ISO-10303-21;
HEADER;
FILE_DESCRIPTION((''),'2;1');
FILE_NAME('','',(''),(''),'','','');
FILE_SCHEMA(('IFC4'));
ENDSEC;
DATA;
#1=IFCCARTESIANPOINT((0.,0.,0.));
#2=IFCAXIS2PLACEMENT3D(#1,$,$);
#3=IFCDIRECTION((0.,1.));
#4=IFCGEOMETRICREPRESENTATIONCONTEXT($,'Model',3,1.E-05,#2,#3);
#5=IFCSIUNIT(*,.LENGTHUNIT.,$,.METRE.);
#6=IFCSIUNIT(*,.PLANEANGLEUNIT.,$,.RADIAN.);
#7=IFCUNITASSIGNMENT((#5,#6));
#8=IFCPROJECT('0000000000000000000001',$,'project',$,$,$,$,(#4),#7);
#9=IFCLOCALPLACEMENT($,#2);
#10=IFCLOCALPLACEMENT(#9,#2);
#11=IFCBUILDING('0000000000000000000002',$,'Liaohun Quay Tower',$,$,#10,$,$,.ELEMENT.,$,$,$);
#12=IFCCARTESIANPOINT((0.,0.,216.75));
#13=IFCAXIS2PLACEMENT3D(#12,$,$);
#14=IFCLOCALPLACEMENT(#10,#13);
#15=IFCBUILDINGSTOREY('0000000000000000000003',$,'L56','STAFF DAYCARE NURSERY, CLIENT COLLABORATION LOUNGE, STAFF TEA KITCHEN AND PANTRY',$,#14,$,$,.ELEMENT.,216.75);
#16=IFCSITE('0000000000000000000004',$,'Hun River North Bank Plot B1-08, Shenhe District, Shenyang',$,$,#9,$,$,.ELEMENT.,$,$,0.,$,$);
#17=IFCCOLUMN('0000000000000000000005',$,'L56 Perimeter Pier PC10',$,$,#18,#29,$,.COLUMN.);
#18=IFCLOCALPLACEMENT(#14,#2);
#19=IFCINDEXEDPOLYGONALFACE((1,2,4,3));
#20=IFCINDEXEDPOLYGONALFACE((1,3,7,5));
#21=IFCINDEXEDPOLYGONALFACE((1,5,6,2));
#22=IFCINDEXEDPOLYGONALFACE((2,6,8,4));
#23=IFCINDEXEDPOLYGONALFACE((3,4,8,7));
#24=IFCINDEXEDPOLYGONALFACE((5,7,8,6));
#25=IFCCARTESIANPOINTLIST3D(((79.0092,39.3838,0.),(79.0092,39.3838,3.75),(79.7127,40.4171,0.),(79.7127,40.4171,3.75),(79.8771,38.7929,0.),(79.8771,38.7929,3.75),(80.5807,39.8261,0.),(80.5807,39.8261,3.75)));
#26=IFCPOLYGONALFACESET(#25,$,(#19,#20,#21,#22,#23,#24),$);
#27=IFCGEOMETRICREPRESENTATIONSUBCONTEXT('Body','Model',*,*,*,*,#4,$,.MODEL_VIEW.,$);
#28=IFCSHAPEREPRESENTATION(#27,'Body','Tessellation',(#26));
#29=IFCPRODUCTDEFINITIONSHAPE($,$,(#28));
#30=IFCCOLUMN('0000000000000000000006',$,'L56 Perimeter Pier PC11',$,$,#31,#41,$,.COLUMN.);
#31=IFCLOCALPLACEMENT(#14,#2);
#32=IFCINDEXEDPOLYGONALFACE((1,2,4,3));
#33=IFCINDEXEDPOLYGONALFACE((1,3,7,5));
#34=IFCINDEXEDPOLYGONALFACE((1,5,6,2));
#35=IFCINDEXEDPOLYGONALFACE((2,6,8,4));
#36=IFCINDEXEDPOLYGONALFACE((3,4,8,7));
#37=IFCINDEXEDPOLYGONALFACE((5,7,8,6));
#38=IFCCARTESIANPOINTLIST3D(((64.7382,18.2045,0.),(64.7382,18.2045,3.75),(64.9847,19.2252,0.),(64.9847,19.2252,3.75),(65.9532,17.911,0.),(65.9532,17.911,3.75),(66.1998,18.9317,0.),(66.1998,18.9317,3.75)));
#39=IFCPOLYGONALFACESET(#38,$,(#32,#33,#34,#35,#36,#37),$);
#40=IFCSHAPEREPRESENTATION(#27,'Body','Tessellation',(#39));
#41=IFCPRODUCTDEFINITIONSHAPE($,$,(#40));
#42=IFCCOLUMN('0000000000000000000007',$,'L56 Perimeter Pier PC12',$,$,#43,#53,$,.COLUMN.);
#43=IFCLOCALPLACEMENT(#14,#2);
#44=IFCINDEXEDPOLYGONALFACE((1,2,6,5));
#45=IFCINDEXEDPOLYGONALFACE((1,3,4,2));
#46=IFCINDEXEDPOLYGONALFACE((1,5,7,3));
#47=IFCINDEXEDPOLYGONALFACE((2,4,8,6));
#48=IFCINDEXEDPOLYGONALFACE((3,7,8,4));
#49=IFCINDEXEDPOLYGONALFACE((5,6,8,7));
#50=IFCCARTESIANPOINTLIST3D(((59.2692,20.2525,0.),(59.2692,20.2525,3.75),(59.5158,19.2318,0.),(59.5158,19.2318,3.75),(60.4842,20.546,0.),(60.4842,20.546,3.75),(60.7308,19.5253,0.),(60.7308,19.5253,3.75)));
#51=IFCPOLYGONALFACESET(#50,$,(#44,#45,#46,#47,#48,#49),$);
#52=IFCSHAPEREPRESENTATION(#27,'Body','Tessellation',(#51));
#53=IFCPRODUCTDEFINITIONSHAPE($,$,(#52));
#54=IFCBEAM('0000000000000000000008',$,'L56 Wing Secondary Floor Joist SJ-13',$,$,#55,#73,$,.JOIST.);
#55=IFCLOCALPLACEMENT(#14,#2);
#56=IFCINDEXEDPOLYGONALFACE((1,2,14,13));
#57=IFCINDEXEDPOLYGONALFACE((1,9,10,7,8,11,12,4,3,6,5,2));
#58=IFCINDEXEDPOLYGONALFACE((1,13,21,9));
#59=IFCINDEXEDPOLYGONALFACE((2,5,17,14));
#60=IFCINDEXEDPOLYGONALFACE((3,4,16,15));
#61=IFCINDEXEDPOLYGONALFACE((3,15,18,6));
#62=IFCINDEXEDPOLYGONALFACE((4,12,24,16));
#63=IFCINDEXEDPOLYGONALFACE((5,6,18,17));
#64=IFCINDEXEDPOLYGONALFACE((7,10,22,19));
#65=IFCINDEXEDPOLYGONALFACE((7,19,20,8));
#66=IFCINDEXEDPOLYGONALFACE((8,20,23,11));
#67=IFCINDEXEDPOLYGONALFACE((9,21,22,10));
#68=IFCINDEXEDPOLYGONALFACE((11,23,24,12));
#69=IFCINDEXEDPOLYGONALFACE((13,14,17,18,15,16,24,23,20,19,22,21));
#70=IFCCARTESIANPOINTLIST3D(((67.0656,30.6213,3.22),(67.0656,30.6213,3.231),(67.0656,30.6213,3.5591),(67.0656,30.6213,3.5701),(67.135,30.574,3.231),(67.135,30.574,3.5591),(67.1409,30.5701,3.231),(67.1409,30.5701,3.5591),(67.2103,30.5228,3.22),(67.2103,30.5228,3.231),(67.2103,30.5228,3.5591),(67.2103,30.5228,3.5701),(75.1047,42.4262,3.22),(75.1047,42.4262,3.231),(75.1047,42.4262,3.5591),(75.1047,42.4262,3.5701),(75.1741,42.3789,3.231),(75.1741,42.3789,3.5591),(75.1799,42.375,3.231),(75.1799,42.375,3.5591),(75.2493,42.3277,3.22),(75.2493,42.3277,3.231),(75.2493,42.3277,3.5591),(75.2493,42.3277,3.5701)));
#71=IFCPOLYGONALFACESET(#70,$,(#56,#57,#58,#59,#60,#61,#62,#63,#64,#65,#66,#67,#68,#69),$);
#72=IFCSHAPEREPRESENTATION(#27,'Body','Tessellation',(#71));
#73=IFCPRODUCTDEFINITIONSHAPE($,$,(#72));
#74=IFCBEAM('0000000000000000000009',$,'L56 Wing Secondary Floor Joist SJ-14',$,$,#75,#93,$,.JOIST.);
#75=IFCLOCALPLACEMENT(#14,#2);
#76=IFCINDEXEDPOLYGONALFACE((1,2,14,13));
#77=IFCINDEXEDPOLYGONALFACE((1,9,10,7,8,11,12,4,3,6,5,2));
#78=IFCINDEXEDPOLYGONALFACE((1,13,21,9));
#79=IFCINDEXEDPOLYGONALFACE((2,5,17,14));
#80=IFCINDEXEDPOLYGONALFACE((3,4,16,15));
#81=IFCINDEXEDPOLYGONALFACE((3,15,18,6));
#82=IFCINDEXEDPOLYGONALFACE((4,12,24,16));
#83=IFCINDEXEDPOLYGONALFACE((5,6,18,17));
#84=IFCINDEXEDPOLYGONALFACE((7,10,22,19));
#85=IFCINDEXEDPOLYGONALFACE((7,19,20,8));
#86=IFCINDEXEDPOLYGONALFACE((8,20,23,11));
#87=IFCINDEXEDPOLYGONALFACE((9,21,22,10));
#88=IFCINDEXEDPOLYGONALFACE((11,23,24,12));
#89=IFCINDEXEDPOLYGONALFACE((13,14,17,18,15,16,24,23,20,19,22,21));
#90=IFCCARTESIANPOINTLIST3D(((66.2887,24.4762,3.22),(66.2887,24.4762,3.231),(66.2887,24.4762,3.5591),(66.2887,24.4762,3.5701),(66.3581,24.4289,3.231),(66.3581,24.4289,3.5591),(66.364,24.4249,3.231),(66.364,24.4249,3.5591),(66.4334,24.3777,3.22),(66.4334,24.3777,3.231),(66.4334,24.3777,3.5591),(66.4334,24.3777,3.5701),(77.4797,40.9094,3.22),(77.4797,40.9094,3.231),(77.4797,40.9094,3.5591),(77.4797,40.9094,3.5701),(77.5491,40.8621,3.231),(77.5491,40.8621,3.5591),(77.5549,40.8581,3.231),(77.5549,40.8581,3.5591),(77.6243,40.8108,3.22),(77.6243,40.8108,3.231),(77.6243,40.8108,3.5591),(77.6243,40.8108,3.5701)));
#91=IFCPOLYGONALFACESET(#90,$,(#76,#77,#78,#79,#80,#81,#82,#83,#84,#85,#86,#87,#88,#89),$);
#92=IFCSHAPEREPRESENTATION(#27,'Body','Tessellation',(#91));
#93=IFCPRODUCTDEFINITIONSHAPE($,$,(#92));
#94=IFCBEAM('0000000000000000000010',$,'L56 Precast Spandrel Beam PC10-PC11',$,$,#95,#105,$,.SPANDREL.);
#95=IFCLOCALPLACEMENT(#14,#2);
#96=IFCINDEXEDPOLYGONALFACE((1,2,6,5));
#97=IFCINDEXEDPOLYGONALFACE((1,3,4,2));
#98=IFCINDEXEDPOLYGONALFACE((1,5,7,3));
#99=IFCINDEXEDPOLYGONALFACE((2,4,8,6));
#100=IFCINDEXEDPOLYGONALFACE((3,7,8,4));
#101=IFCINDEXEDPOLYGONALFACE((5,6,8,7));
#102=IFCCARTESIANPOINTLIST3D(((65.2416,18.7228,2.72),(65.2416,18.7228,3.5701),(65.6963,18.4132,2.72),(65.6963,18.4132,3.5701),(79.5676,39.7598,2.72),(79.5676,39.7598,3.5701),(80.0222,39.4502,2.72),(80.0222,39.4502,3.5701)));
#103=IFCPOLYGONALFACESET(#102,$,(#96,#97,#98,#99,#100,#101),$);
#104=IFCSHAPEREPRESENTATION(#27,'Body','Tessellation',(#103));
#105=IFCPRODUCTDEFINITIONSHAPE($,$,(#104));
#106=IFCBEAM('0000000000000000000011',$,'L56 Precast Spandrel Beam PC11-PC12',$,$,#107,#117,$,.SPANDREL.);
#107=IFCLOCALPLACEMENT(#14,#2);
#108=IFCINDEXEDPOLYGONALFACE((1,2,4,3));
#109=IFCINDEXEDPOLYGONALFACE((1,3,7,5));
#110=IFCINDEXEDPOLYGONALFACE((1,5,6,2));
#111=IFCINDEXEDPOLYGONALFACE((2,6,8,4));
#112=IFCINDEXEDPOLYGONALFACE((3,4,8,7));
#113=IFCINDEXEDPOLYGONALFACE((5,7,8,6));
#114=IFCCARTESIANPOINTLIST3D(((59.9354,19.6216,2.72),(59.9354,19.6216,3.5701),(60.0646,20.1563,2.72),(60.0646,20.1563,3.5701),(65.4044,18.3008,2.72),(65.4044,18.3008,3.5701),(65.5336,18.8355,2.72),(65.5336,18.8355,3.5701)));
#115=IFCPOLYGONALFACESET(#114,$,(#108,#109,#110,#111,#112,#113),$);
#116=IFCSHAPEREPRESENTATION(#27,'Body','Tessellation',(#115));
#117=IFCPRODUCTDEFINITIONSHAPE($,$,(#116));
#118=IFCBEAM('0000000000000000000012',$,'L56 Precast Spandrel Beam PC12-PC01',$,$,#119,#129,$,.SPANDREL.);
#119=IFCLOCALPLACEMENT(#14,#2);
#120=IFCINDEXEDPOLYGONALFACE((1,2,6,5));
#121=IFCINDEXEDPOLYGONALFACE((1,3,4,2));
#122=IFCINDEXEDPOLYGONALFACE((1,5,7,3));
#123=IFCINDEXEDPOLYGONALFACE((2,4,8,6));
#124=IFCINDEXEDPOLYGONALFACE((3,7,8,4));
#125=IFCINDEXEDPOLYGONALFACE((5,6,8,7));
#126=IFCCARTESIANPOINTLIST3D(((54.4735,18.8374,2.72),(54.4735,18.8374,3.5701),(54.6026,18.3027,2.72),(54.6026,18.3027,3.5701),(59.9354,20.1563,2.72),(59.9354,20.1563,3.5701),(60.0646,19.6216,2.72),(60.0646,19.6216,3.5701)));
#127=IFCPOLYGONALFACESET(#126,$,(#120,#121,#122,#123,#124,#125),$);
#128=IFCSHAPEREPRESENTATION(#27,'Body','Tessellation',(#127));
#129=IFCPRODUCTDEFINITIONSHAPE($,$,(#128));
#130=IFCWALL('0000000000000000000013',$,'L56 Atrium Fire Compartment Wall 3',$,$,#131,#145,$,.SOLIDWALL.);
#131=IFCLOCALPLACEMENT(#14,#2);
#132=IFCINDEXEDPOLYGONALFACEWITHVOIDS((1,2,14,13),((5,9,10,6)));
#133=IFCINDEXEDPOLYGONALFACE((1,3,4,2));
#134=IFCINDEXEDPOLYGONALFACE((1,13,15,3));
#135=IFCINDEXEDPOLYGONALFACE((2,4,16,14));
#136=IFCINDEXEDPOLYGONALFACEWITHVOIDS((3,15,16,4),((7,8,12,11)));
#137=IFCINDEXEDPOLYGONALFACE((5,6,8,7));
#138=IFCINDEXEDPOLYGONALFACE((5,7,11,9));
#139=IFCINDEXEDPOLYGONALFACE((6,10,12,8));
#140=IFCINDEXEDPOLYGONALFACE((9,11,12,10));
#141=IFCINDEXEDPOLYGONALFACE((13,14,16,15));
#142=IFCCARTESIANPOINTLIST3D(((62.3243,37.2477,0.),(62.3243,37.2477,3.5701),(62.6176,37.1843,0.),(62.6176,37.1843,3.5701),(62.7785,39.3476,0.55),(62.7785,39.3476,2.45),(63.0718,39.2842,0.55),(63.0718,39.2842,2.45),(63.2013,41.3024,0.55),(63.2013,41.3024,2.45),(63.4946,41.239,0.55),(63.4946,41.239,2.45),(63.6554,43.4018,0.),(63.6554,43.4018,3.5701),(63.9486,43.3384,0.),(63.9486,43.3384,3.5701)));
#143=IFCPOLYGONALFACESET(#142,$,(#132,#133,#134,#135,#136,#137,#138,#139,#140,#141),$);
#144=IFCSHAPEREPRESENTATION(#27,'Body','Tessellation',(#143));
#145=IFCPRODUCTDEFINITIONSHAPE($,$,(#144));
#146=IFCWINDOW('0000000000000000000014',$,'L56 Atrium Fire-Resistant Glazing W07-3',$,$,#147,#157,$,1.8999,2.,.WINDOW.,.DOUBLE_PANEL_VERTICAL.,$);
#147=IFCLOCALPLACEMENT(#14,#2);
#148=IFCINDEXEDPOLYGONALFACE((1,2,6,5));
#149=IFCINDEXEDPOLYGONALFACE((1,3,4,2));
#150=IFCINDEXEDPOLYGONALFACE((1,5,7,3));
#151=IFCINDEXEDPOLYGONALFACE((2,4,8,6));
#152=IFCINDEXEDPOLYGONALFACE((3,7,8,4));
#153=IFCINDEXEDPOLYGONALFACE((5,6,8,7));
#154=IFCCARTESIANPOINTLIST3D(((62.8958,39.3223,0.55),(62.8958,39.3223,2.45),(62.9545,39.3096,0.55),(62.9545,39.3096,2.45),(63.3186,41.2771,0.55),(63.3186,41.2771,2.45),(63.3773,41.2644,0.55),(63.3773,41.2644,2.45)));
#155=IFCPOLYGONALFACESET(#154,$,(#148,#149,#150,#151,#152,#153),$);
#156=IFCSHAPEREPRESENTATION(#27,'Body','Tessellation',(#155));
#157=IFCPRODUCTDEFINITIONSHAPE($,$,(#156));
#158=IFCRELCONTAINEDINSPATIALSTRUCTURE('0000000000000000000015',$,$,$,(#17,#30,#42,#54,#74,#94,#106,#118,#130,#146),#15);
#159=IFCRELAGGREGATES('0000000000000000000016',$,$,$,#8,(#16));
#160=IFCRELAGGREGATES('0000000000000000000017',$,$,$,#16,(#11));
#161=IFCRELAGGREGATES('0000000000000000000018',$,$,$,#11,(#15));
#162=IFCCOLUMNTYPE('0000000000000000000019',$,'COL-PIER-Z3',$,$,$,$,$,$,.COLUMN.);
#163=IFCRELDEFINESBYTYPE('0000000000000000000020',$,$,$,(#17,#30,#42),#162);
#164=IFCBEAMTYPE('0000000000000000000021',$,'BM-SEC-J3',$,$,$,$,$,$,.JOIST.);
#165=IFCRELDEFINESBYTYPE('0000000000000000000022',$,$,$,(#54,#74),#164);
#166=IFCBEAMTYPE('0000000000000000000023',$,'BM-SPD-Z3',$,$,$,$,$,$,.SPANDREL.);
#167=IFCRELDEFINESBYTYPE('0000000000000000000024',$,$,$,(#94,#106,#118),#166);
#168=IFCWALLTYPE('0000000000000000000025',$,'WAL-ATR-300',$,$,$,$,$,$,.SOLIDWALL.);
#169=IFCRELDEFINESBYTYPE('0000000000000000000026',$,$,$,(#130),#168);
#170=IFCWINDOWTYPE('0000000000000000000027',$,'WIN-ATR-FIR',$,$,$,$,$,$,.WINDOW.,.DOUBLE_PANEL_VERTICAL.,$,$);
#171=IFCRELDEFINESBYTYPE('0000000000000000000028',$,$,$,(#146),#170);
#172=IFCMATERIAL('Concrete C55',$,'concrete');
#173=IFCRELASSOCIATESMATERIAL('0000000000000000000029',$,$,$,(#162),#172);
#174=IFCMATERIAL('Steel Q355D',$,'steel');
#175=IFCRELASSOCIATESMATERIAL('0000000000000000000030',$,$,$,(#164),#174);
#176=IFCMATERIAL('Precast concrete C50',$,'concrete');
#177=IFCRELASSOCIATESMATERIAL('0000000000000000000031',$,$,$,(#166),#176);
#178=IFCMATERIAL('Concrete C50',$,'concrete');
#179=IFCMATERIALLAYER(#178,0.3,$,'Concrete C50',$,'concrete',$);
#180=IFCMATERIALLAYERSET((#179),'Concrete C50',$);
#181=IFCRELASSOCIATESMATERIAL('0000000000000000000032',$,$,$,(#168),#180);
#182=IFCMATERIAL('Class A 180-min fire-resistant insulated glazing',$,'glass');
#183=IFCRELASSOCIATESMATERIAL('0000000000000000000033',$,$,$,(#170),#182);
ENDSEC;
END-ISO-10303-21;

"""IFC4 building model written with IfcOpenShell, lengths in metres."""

from ifc_helpers import new_model, si_unit, direction, frame, frame_2d, origin, origin_2d, place, context, subcontext, project, spatial, rectangle, i_section, extrude, source, transform, mapped, material, layer, layer_set, material_profile, profile_set, type_object, element, fill, save


model = new_model("IFC4")

# Units and contexts
model_context = context("Model", 3, precision=1e-05, world=origin(), true_north=direction((0.0, 1.0)))
body_context = subcontext(model_context, "Body", "Model", "MODEL_VIEW")
ifc_project = project(units=[si_unit("LENGTHUNIT", "METRE"), si_unit("PLANEANGLEUNIT", "RADIAN")], contexts=[model_context])

# Site, building, storey
site_placement = place(None, origin())
site = spatial("IfcSite", under=ifc_project, at=site_placement, Name="Hun River North Bank Plot B1-08, Shenhe District, Shenyang", CompositionType="ELEMENT", RefElevation=0.0)
building_placement = place(site_placement, origin())
building = spatial("IfcBuilding", under=site, at=building_placement, Name="Liaohun Quay Tower", CompositionType="ELEMENT")
storey_placement = place(building_placement, frame((0.0, 0.0, 216.75)))
storey = spatial("IfcBuildingStorey", under=building, at=storey_placement, Name="L56", Description="STAFF DAYCARE NURSERY, CLIENT COLLABORATION LOUNGE, STAFF TEA KITCHEN AND PANTRY", CompositionType="ELEMENT", Elevation=216.75)

# Columns
ifc_material_1 = material(Name="Concrete C55", Category="concrete")
ifc_material_profile_1 = material_profile(ifc_material_1, rectangle(XDim=1.25, YDim=1.05, at=origin_2d()), Name="RC1250x1050")
ifc_profile_set_1 = profile_set([ifc_material_profile_1], Name="Concrete C55")
column_type = type_object("IfcColumnType", Name="COL-PIER-Z3", PredefinedType="COLUMN", material=ifc_profile_set_1)
shared_shape_1 = source(origin(), body_context, "Body", "SweptSolid", [
    extrude(rectangle(XDim=1.25, YDim=1.05, at=origin_2d()), origin(), (0.0, 0.0, 1.0), 3.75),
])
for number, where, z_axis, x_axis, name in (
    (1, (79.7949, 39.605, 0.0), (0.0, 0.0, 1.0), (0.562805, 0.82659, 0.0), "L56 Perimeter Pier PC10"),
    (2, (65.469, 18.5681, 0.0), (0.0, 0.0, 1.0), (-0.972043, 0.234803, 0.0), "L56 Perimeter Pier PC11"),
    (3, (60.0, 19.8889, 0.0), (0.0, 0.0, 1.0), (0.972043, 0.234803, 0.0), "L56 Perimeter Pier PC12"),
):
    element("IfcColumn", number, at=place(storey_placement, frame(where, z_axis=z_axis, x_axis=x_axis)), inside=storey, type_object=column_type, Name=name, PredefinedType="COLUMN", context=body_context, shape_type="MappedRepresentation", body=[
        mapped(shared_shape_1, transform((0.0, 0.0, 0.0), x_axis=(1.0, 0.0, 0.0), y_axis=(0.0, 1.0, 0.0), z_axis=(0.0, 0.0, 1.0), scale=1.0)),
    ])

# Beams
ifc_material_2 = material(Name="Steel Q355D", Category="steel")
ifc_material_profile_2 = material_profile(ifc_material_2, i_section(OverallWidth=0.175, OverallDepth=0.3501, WebThickness=0.0071, FlangeThickness=0.011, at=origin_2d()), Name="HN350x175x7x11")
ifc_profile_set_2 = profile_set([ifc_material_profile_2], Name="Steel Q355D")
beam_type_1 = type_object("IfcBeamType", Name="BM-SEC-J3", PredefinedType="JOIST", material=ifc_profile_set_2)
shared_shape_2 = source(origin(), body_context, "Body", "SweptSolid", [
    extrude(i_section(OverallWidth=0.175, OverallDepth=0.3501, WebThickness=0.0071, FlangeThickness=0.011, at=origin_2d()), origin(), (0.0, 0.0, 1.0), 14.2822),
])
beam_1_placement = place(storey_placement, frame((75.177, 42.377, 3.395), z_axis=(-0.56287, -0.826545, 0.0), x_axis=(0.826545, -0.56287, 0.0)))
element("IfcBeam", 4, at=beam_1_placement, inside=storey, type_object=beam_type_1, Name="L56 Wing Secondary Floor Joist SJ-13", PredefinedType="JOIST", context=body_context, shape_type="MappedRepresentation", body=[
    mapped(shared_shape_2, transform((0.0, 0.0, 0.0), x_axis=(1.0, 0.0, 0.0), y_axis=(0.0, 1.0, 0.0), z_axis=(0.0, 0.0, 1.0), scale=1.0)),
])
shared_shape_3 = source(origin(), body_context, "Body", "SweptSolid", [
    extrude(i_section(OverallWidth=0.175, OverallDepth=0.3501, WebThickness=0.0071, FlangeThickness=0.011, at=origin_2d()), origin(), (0.0, 0.0, 1.0), 19.8818),
])
beam_2_placement = place(storey_placement, frame((77.552, 40.8601, 3.395), z_axis=(-0.562874, -0.826543, 0.0), x_axis=(0.826543, -0.562874, 0.0)))
element("IfcBeam", 5, at=beam_2_placement, inside=storey, type_object=beam_type_1, Name="L56 Wing Secondary Floor Joist SJ-14", PredefinedType="JOIST", context=body_context, shape_type="MappedRepresentation", body=[
    mapped(shared_shape_3, transform((0.0, 0.0, 0.0), x_axis=(1.0, 0.0, 0.0), y_axis=(0.0, 1.0, 0.0), z_axis=(0.0, 0.0, 1.0), scale=1.0)),
])
ifc_material_3 = material(Name="Precast concrete C50", Category="concrete")
ifc_material_profile_3 = material_profile(ifc_material_3, rectangle(XDim=0.55, YDim=0.8501, at=origin_2d()), Name="RC550x850")
ifc_profile_set_3 = profile_set([ifc_material_profile_3], Name="Precast concrete C50")
beam_type_2 = type_object("IfcBeamType", Name="BM-SPD-Z3", PredefinedType="SPANDREL", material=ifc_profile_set_3)
shared_shape_4 = source(origin(), body_context, "Body", "SweptSolid", [
    extrude(rectangle(XDim=0.55, YDim=0.8501, at=origin_2d()), origin(), (0.0, 0.0, 1.0), 25.4517),
])
beam_3_placement = place(storey_placement, frame((79.7949, 39.605, 3.145), z_axis=(-0.56287, -0.826545, 0.0), x_axis=(0.826545, -0.56287, 0.0)))
element("IfcBeam", 6, at=beam_3_placement, inside=storey, type_object=beam_type_2, Name="L56 Precast Spandrel Beam PC10-PC11", PredefinedType="SPANDREL", context=body_context, shape_type="MappedRepresentation", body=[
    mapped(shared_shape_4, transform((0.0, 0.0, 0.0), x_axis=(1.0, 0.0, 0.0), y_axis=(0.0, 1.0, 0.0), z_axis=(0.0, 0.0, 1.0), scale=1.0)),
])
shared_shape_5 = source(origin(), body_context, "Body", "SweptSolid", [
    extrude(rectangle(XDim=0.55, YDim=0.8501, at=origin_2d()), origin(), (0.0, 0.0, 1.0), 5.6262),
])
beam_4_placement = place(storey_placement, frame((65.469, 18.5681, 3.145), z_axis=(-0.972054, 0.234758, 0.0), x_axis=(-0.234758, -0.972054, 0.0)))
element("IfcBeam", 7, at=beam_4_placement, inside=storey, type_object=beam_type_2, Name="L56 Precast Spandrel Beam PC11-PC12", PredefinedType="SPANDREL", context=body_context, shape_type="MappedRepresentation", body=[
    mapped(shared_shape_5, transform((0.0, 0.0, 0.0), x_axis=(1.0, 0.0, 0.0), y_axis=(0.0, 1.0, 0.0), z_axis=(0.0, 0.0, 1.0), scale=1.0)),
])
shared_shape_6 = source(origin(), body_context, "Body", "SweptSolid", [
    extrude(rectangle(XDim=0.55, YDim=0.8501, at=origin_2d()), origin(), (0.0, 0.0, 1.0), 5.6189),
])
beam_5_placement = place(storey_placement, frame((60.0, 19.8889, 3.145), z_axis=(-0.972064, -0.234717, 0.0), x_axis=(0.234717, -0.972064, 0.0)))
element("IfcBeam", 8, at=beam_5_placement, inside=storey, type_object=beam_type_2, Name="L56 Precast Spandrel Beam PC12-PC01", PredefinedType="SPANDREL", context=body_context, shape_type="MappedRepresentation", body=[
    mapped(shared_shape_6, transform((0.0, 0.0, 0.0), x_axis=(1.0, 0.0, 0.0), y_axis=(0.0, 1.0, 0.0), z_axis=(0.0, 0.0, 1.0), scale=1.0)),
])

# Wall, opening, window
ifc_material_4 = material(Name="Concrete C50", Category="concrete")
ifc_layer_1 = layer(ifc_material_4, 0.3, Name="Concrete C50", Category="concrete")
ifc_layer_set_1 = layer_set([ifc_layer_1], Name="Concrete C50")
wall_type_1 = type_object("IfcWallType", Name="WAL-ATR-300", PredefinedType="SOLIDWALL", material=ifc_layer_set_1)
wall_1_placement = place(storey_placement, frame((63.802, 43.3701, 0.0), z_axis=(0.0, 0.0, 1.0), x_axis=(-0.211401, -0.977399, 0.0)))
wall_1 = element("IfcWall", 9, at=wall_1_placement, inside=storey, type_object=wall_type_1, Name="L56 Atrium Fire Compartment Wall 3", PredefinedType="SOLIDWALL", context=body_context, shape_type="SweptSolid", body=[
    extrude(rectangle(XDim=6.2964, YDim=0.3, at=frame_2d((3.1482, 0.0))), origin(), (0.0, 0.0, 1.0), 3.5701),
])
shared_shape_7 = source(origin(), body_context, "Body", "SweptSolid", [
    extrude(rectangle(XDim=2.0, YDim=1.8999, at=frame_2d((1.0, 0.95))), frame((0.0, 0.1599, 0.0), z_axis=(0.0, -1.0, 0.0), x_axis=(1.0, 0.0, 0.0)), (0.0, 0.0, 1.0), 0.3201),
])
opening_1_placement = place(wall_1_placement, frame((2.1479, 0.0, 0.55)))
opening_1 = element("IfcOpeningElement", 10, at=opening_1_placement, cuts=wall_1, PredefinedType="OPENING", context=body_context, shape_type="MappedRepresentation", body=[
    mapped(shared_shape_7, transform((0.0, 0.0, 0.0), x_axis=(1.0, 0.0, 0.0), y_axis=(0.0, 1.0, 0.0), z_axis=(0.0, 0.0, 1.0), scale=1.0)),
])
ifc_material_5 = material(Name="Class A 180-min fire-resistant insulated glazing", Category="glass")
window_type_1 = type_object("IfcWindowType", Name="WIN-ATR-FIR", PartitioningType="DOUBLE_PANEL_VERTICAL", PredefinedType="WINDOW", material=ifc_material_5)
shared_shape_8 = source(origin(), body_context, "Body", "SweptSolid", [
    extrude(rectangle(XDim=2.0, YDim=1.8999, at=frame_2d((1.0, 0.95))), frame((0.0, 0.03, 0.0), z_axis=(0.0, -1.0, 0.0), x_axis=(1.0, 0.0, 0.0)), (0.0, 0.0, 1.0), 0.0601),
])
window_1_placement = place(opening_1_placement, origin())
window_1 = element("IfcWindow", 11, at=window_1_placement, inside=storey, type_object=window_type_1, Name="L56 Atrium Fire-Resistant Glazing W07-3", OverallHeight=1.8999, OverallWidth=2.0, PartitioningType="DOUBLE_PANEL_VERTICAL", PredefinedType="WINDOW", context=body_context, shape_type="MappedRepresentation", body=[
    mapped(shared_shape_8, transform((0.0, 0.0, 0.0), x_axis=(1.0, 0.0, 0.0), y_axis=(0.0, 1.0, 0.0), z_axis=(0.0, 0.0, 1.0), scale=1.0)),
])
fill(opening_1, window_1)

save(model, "model.ifc")
